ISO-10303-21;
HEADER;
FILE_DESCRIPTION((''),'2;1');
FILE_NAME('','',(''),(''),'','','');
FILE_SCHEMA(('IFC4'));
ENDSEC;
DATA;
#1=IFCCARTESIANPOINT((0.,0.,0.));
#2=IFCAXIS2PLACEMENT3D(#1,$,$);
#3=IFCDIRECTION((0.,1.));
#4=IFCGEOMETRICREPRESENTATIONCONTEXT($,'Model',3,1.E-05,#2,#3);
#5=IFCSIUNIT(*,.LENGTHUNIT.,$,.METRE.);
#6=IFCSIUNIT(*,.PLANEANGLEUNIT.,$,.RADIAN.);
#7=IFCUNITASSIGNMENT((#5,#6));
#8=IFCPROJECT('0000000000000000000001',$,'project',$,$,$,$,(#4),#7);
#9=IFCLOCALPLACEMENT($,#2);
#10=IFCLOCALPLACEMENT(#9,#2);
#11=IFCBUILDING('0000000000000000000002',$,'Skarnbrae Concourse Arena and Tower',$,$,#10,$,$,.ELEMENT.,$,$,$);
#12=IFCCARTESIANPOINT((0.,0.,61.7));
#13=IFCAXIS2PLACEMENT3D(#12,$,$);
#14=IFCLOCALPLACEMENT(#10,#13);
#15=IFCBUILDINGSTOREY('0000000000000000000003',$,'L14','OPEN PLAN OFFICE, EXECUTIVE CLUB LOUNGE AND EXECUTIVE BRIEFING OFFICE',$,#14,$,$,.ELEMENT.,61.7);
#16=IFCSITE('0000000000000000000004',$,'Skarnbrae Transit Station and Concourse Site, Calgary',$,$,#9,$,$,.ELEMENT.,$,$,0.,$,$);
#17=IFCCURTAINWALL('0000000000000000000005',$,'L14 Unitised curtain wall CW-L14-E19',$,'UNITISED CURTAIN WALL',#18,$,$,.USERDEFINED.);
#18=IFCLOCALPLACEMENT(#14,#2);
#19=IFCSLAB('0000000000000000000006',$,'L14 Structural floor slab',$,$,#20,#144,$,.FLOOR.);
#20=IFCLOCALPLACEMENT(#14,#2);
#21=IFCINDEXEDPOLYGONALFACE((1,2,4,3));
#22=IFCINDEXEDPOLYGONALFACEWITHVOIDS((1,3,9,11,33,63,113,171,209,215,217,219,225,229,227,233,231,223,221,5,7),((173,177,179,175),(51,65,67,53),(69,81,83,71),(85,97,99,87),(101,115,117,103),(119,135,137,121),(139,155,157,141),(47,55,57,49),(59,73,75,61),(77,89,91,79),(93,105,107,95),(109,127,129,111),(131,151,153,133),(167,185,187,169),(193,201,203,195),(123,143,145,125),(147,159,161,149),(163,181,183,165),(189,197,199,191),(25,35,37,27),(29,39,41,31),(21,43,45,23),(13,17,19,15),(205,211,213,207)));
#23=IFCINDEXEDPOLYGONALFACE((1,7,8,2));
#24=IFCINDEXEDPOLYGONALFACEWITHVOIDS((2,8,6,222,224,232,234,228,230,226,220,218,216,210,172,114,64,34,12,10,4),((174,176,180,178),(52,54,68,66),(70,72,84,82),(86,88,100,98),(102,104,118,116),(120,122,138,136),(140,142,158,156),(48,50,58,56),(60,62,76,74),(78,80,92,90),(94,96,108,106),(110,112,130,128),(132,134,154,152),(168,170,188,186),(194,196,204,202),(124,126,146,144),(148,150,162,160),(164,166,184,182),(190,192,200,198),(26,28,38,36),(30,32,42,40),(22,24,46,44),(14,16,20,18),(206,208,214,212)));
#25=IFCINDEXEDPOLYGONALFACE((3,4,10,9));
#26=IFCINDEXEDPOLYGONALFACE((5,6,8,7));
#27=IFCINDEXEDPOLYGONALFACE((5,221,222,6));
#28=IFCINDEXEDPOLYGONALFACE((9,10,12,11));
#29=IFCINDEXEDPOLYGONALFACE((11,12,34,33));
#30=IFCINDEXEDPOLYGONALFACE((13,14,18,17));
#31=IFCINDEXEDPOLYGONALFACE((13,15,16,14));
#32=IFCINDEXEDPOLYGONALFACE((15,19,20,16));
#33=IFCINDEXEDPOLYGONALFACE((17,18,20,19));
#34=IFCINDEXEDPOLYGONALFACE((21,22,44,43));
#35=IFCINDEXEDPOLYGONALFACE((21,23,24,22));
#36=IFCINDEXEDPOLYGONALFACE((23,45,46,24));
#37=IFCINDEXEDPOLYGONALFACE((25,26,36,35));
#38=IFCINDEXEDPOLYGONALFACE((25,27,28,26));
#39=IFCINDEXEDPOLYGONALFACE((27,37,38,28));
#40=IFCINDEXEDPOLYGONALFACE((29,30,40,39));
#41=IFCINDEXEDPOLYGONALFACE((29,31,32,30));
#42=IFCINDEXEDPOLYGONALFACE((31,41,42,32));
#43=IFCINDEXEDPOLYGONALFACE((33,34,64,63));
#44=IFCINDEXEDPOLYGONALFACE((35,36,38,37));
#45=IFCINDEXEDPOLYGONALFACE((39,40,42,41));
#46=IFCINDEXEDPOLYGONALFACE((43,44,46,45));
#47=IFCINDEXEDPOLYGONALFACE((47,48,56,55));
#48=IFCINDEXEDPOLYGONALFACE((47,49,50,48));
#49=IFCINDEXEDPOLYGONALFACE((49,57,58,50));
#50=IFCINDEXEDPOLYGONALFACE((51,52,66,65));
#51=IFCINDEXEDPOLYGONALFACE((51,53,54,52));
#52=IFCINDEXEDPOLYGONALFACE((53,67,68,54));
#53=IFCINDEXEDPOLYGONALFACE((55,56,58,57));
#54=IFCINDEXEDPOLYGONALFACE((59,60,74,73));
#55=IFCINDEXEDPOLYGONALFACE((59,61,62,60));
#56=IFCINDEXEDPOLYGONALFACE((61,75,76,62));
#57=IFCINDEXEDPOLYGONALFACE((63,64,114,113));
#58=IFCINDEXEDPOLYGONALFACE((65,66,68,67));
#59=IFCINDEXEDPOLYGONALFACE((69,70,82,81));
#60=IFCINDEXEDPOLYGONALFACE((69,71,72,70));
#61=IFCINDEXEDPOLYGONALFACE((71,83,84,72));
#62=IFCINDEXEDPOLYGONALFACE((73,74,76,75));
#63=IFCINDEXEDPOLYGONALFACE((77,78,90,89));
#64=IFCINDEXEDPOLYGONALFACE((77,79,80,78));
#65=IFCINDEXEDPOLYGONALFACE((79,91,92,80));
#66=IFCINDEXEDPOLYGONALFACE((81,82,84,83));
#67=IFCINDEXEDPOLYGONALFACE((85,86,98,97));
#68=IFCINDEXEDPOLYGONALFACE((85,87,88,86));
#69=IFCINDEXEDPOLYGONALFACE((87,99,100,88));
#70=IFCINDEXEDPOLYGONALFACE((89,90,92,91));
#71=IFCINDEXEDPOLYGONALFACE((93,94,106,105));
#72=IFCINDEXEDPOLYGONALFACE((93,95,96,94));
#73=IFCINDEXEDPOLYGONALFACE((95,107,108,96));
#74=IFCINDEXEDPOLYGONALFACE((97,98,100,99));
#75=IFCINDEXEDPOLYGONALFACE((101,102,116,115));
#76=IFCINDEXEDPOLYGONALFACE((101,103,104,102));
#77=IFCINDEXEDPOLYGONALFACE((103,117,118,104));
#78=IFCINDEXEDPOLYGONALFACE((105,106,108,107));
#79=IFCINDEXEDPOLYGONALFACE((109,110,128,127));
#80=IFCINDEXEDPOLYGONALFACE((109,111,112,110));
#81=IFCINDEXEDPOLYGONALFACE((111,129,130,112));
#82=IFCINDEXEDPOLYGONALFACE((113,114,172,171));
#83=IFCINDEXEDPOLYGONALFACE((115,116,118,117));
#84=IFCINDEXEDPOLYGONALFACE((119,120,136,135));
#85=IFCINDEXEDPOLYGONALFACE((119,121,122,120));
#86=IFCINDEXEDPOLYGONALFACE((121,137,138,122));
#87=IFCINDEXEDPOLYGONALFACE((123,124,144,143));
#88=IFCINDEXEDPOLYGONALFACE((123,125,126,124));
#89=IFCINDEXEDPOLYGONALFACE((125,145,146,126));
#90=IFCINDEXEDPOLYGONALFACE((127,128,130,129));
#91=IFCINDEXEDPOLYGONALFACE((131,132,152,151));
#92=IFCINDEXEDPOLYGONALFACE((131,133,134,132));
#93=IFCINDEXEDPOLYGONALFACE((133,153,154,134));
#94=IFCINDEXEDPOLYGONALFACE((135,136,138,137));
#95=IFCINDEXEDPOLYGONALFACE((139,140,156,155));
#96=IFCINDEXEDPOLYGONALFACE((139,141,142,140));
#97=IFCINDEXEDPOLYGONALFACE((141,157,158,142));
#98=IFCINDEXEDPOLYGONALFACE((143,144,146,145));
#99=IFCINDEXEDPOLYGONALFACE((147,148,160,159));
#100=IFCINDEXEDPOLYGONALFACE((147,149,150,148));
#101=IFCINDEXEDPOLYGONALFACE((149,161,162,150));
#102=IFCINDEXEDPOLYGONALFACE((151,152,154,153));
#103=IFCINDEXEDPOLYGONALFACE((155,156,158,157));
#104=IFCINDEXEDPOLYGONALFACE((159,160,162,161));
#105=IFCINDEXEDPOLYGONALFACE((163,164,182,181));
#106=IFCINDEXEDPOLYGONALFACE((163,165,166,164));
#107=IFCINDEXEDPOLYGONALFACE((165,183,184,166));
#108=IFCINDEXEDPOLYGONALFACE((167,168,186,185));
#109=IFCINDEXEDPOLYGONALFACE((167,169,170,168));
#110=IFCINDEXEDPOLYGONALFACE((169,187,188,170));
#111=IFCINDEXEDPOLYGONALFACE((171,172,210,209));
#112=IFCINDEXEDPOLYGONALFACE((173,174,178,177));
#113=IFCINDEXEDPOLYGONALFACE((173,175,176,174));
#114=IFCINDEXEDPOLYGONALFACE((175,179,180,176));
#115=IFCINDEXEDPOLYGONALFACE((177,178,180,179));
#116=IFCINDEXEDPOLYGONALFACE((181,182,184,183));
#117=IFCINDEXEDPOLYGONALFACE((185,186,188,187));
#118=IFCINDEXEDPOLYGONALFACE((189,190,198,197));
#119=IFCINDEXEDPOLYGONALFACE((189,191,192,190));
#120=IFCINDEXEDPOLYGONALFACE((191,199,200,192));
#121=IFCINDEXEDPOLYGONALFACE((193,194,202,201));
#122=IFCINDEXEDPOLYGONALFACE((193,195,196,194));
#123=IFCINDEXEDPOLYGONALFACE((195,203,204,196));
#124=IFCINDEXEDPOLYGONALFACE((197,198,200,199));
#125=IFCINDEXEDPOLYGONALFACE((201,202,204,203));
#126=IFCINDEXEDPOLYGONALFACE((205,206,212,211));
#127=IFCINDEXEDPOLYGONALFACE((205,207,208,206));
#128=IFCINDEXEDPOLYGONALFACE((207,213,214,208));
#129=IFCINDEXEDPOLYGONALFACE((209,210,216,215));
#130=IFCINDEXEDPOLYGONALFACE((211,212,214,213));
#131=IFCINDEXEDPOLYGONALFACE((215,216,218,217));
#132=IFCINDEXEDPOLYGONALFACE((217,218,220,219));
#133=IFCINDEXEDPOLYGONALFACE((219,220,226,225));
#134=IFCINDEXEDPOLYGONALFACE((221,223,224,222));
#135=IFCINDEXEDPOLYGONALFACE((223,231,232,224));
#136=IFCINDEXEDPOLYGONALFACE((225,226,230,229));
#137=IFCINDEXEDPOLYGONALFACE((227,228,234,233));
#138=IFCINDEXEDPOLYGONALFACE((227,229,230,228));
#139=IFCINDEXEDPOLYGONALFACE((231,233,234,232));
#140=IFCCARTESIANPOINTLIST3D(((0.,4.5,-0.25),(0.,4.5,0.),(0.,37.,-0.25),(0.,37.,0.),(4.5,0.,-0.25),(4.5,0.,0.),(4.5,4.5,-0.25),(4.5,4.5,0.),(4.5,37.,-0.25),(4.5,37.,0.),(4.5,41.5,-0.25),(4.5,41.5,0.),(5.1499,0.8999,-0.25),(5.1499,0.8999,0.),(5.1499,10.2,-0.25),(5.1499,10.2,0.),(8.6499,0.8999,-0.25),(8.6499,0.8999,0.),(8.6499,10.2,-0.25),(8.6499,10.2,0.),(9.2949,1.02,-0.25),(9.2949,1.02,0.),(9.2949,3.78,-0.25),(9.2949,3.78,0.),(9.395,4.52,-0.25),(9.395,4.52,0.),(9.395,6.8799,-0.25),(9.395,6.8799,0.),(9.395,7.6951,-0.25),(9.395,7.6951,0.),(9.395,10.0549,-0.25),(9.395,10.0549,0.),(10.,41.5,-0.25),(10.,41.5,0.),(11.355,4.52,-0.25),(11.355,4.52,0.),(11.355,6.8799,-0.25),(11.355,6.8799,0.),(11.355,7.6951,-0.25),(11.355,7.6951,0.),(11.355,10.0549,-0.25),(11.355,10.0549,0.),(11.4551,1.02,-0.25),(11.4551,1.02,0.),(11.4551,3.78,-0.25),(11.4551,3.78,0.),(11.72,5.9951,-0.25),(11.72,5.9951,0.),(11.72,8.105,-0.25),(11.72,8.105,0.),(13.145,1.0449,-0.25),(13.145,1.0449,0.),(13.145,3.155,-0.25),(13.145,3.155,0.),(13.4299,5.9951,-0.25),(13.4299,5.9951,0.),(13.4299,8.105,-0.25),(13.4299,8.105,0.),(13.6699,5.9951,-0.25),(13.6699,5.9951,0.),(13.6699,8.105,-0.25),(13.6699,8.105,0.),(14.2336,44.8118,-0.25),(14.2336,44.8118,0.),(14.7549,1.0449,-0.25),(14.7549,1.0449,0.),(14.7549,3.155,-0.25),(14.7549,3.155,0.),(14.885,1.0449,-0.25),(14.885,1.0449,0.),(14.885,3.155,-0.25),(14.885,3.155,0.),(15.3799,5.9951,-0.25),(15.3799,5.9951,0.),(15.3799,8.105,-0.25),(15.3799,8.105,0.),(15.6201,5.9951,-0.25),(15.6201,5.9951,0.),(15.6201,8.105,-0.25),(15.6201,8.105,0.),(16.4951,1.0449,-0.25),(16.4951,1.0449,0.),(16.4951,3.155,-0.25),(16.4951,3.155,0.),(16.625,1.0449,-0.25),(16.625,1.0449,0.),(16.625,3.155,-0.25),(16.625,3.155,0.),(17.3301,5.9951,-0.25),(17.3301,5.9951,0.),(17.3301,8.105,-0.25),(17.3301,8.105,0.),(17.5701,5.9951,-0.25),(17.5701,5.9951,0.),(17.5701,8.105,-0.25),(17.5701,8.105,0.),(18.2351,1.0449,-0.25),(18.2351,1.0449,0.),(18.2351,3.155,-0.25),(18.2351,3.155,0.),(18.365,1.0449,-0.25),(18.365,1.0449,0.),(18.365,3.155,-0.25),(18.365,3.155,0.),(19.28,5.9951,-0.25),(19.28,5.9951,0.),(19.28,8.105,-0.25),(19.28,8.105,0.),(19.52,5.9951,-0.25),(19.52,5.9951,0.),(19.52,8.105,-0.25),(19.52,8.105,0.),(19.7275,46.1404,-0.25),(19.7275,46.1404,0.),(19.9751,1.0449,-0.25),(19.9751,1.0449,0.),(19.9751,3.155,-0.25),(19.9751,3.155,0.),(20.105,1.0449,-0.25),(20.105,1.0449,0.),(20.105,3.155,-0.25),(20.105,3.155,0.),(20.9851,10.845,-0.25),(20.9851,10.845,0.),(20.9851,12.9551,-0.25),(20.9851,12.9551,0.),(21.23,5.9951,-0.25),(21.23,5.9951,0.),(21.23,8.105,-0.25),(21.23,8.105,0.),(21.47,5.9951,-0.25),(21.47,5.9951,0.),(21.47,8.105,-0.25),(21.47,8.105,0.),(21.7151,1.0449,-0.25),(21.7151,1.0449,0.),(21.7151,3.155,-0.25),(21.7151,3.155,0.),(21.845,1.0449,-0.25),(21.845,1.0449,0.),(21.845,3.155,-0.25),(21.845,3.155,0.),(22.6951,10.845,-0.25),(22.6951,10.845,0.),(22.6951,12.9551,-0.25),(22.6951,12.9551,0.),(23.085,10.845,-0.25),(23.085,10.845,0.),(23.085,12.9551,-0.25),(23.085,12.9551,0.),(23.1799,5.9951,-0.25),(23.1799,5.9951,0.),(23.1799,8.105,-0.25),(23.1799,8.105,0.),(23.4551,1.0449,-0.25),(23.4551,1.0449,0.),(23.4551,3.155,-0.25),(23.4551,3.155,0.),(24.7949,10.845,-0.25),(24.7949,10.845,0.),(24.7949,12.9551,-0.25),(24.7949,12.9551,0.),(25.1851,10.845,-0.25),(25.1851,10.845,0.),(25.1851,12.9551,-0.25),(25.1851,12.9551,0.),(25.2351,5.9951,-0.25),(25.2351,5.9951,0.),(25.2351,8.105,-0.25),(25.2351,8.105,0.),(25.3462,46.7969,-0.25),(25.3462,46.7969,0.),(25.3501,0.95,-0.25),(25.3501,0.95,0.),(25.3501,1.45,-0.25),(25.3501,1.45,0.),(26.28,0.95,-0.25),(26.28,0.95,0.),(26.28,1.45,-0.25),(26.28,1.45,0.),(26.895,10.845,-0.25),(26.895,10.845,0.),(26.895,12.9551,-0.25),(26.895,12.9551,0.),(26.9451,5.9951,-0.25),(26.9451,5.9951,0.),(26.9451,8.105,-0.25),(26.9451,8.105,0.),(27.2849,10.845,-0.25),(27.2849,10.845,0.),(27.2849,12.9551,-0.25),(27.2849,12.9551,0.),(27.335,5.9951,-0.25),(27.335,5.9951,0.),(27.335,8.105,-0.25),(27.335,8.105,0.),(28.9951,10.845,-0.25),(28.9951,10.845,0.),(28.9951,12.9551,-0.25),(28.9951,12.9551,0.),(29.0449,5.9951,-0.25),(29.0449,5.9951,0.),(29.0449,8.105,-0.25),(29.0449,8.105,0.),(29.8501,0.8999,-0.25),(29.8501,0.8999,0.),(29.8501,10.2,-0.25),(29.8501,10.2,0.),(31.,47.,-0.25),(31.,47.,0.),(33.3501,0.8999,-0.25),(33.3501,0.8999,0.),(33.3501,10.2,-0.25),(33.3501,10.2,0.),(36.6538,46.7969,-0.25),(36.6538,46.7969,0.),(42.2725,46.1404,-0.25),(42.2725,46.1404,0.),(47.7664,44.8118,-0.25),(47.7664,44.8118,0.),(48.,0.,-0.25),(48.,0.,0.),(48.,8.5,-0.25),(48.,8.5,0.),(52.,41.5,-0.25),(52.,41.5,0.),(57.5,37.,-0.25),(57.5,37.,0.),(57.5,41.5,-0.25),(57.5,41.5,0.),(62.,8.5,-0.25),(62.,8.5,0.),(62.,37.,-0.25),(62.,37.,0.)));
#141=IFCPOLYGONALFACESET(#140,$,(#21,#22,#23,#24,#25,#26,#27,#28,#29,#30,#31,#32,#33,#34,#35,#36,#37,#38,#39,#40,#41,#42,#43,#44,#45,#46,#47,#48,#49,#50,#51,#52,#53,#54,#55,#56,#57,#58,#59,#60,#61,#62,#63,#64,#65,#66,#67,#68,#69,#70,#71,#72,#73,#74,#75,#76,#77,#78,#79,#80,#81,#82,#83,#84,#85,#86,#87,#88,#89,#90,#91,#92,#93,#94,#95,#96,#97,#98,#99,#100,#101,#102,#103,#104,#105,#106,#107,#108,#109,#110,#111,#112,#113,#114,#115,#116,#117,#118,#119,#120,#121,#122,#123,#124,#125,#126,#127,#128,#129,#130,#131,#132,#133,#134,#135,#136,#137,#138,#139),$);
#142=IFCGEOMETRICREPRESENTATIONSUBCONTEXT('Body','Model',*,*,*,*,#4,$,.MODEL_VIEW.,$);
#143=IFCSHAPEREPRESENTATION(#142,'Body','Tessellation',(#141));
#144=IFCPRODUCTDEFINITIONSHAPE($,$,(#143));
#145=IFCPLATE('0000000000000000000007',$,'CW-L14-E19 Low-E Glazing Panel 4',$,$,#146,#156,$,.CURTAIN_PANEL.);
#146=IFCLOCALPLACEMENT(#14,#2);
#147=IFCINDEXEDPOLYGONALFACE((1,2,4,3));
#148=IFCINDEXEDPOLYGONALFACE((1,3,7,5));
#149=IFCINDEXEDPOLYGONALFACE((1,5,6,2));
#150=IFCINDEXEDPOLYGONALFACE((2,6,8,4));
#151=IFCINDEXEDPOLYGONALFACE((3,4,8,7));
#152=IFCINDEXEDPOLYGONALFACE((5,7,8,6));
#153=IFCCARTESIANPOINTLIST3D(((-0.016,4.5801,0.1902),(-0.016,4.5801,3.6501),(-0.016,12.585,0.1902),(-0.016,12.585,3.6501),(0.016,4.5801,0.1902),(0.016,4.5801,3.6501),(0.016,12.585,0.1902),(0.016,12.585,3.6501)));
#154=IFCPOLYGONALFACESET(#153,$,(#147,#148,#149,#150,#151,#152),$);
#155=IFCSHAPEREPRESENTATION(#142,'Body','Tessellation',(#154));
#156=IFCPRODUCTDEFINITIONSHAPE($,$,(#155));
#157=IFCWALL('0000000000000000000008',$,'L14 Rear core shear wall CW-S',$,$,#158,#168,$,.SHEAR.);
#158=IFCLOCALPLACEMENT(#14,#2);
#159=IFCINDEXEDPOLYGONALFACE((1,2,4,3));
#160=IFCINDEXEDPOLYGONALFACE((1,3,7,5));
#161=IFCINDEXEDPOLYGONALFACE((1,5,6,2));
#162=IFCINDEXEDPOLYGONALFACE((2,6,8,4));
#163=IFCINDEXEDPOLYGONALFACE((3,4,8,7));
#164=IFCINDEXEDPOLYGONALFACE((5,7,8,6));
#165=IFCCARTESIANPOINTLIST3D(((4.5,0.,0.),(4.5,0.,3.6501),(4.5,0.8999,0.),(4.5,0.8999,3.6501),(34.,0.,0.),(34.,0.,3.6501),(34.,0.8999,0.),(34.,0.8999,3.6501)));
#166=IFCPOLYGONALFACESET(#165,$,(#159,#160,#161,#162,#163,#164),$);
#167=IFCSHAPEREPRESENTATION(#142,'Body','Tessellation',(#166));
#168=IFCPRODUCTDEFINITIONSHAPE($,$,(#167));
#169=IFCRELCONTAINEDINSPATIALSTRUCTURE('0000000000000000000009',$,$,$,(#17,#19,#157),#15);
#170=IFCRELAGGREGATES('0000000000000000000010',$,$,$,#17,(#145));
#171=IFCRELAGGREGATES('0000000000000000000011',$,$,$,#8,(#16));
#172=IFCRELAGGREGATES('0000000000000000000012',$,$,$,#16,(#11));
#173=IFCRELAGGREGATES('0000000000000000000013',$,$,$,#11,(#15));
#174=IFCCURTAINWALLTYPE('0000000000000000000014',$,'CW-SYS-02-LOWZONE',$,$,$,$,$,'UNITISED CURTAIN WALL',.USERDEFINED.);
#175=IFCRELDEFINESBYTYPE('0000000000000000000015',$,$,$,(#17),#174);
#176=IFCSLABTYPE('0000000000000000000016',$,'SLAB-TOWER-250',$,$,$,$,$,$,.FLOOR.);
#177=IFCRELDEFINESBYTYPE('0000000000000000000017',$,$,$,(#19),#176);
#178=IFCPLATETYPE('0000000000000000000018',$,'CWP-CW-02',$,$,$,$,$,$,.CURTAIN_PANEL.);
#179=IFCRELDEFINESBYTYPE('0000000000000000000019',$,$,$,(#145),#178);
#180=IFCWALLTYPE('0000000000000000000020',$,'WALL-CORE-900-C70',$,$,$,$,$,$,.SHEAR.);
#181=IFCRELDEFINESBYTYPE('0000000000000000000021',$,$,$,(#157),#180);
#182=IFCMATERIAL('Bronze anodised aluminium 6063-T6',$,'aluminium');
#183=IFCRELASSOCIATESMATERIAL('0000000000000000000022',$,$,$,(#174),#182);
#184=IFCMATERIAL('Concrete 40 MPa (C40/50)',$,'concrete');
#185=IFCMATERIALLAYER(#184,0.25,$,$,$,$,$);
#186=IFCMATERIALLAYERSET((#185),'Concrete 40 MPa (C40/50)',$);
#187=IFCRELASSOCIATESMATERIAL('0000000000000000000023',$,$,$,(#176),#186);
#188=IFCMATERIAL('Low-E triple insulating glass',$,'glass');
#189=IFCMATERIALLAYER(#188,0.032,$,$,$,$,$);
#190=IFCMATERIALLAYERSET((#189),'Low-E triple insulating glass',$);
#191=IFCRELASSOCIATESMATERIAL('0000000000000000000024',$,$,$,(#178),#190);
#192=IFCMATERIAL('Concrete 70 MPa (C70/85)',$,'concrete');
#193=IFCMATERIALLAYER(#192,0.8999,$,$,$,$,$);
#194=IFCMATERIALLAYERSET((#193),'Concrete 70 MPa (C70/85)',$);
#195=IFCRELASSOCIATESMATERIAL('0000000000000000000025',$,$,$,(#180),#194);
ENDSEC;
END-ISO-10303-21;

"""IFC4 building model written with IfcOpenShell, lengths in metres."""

from ifc_helpers import new_model, si_unit, direction, frame, frame_2d, origin, origin_2d, place, context, subcontext, project, spatial, polyline, rectangle, outline, extrude, source, transform, mapped, material, layer, layer_set, type_object, element, aggregate, save


model = new_model("IFC4")

# Units and contexts
model_context = context("Model", 3, precision=1e-05, world=origin(), true_north=direction((0.0, 1.0)))
body_context = subcontext(model_context, "Body", "Model", "MODEL_VIEW")
ifc_project = project(units=[si_unit("LENGTHUNIT", "METRE"), si_unit("PLANEANGLEUNIT", "RADIAN")], contexts=[model_context])

# Site, building, storey
site_placement = place(None, origin())
site = spatial("IfcSite", under=ifc_project, at=site_placement, Name="Skarnbrae Transit Station and Concourse Site, Calgary", CompositionType="ELEMENT", RefElevation=0.0)
building_placement = place(site_placement, origin())
building = spatial("IfcBuilding", under=site, at=building_placement, Name="Skarnbrae Concourse Arena and Tower", CompositionType="ELEMENT")
storey_placement = place(building_placement, frame((0.0, 0.0, 61.7)))
storey = spatial("IfcBuildingStorey", under=building, at=storey_placement, Name="L14", Description="OPEN PLAN OFFICE, EXECUTIVE CLUB LOUNGE AND EXECUTIVE BRIEFING OFFICE", CompositionType="ELEMENT", Elevation=61.7)

# Curtain wall
ifc_material_1 = material(Name="Bronze anodised aluminium 6063-T6", Category="aluminium")
curtain_wall_type = type_object("IfcCurtainWallType", Name="CW-SYS-02-LOWZONE", ElementType="UNITISED CURTAIN WALL", PredefinedType="USERDEFINED", material=ifc_material_1)
curtain_wall_placement = place(storey_placement, origin())
curtain_wall = element("IfcCurtainWall", 1, at=curtain_wall_placement, inside=storey, type_object=curtain_wall_type, Name="L14 Unitised curtain wall CW-L14-E19", ObjectType="UNITISED CURTAIN WALL", PredefinedType="USERDEFINED")

# Shared definitions
ifc_material_2 = material(Name="Concrete 40 MPa (C40/50)", Category="concrete")

# Slab
ifc_layer_1 = layer(ifc_material_2, 0.25)
ifc_layer_set_1 = layer_set([ifc_layer_1], Name="Concrete 40 MPa (C40/50)")
slab_type_1 = type_object("IfcSlabType", Name="SLAB-TOWER-250", PredefinedType="FLOOR", material=ifc_layer_set_1)
slab_1_placement = place(storey_placement, frame((0.0, 0.0, -0.25)))
element("IfcSlab", 2, at=slab_1_placement, inside=storey, type_object=slab_type_1, Name="L14 Structural floor slab", PredefinedType="FLOOR", context=body_context, shape_type="SweptSolid", body=[
    extrude(outline(polyline([(4.5, 0.0), (48.0, 0.0), (48.0, 8.5), (62.0, 8.5), (62.0, 37.0), (57.5, 37.0), (57.5, 41.5), (52.0, 41.5), (47.7664, 44.8118), (42.2725, 46.1404), (36.6538, 46.7969), (31.0, 47.0), (25.3462, 46.7969), (19.7275, 46.1404), (14.2336, 44.8118), (10.0, 41.5), (4.5, 41.5), (4.5, 37.0), (0.0, 37.0), (0.0, 4.5), (4.5, 4.5), (4.5, 0.0)]), holes=[polyline([(13.145, 3.155), (14.7549, 3.155), (14.7549, 1.0449), (13.145, 1.0449), (13.145, 3.155)]), polyline([(16.4951, 3.155), (16.4951, 1.0449), (14.885, 1.0449), (14.885, 3.155), (16.4951, 3.155)]), polyline([(18.2351, 3.155), (18.2351, 1.0449), (16.625, 1.0449), (16.625, 3.155), (18.2351, 3.155)]), polyline([(18.365, 3.155), (19.9751, 3.155), (19.9751, 1.0449), (18.365, 1.0449), (18.365, 3.155)]), polyline([(11.4551, 3.78), (11.4551, 1.02), (9.2949, 1.02), (9.2949, 3.78), (11.4551, 3.78)]), polyline([(8.6499, 0.8999), (5.1499, 0.8999), (5.1499, 10.2), (8.6499, 10.2), (8.6499, 0.8999)]), polyline([(9.395, 6.8799), (11.355, 6.8799), (11.355, 4.52), (9.395, 4.52), (9.395, 6.8799)]), polyline([(13.4299, 8.105), (13.4299, 5.9951), (11.72, 5.9951), (11.72, 8.105), (13.4299, 8.105)]), polyline([(15.3799, 8.105), (15.3799, 5.9951), (13.6699, 5.9951), (13.6699, 8.105), (15.3799, 8.105)]), polyline([(15.6201, 8.105), (17.3301, 8.105), (17.3301, 5.9951), (15.6201, 5.9951), (15.6201, 8.105)]), polyline([(19.28, 8.105), (19.28, 5.9951), (17.5701, 5.9951), (17.5701, 8.105), (19.28, 8.105)]), polyline([(11.355, 10.0549), (11.355, 7.6951), (9.395, 7.6951), (9.395, 10.0549), (11.355, 10.0549)]), polyline([(25.3501, 1.45), (26.28, 1.45), (26.28, 0.95), (25.3501, 0.95), (25.3501, 1.45)]), polyline([(21.7151, 3.155), (21.7151, 1.0449), (20.105, 1.0449), (20.105, 3.155), (21.7151, 3.155)]), polyline([(23.4551, 3.155), (23.4551, 1.0449), (21.845, 1.0449), (21.845, 3.155), (23.4551, 3.155)]), polyline([(33.3501, 10.2), (33.3501, 0.8999), (29.8501, 0.8999), (29.8501, 10.2), (33.3501, 10.2)]), polyline([(21.23, 8.105), (21.23, 5.9951), (19.52, 5.9951), (19.52, 8.105), (21.23, 8.105)]), polyline([(23.1799, 8.105), (23.1799, 5.9951), (21.47, 5.9951), (21.47, 8.105), (23.1799, 8.105)]), polyline([(25.2351, 8.105), (26.9451, 8.105), (26.9451, 5.9951), (25.2351, 5.9951), (25.2351, 8.105)]), polyline([(29.0449, 8.105), (29.0449, 5.9951), (27.335, 5.9951), (27.335, 8.105), (29.0449, 8.105)]), polyline([(22.6951, 12.9551), (22.6951, 10.845), (20.9851, 10.845), (20.9851, 12.9551), (22.6951, 12.9551)]), polyline([(23.085, 12.9551), (24.7949, 12.9551), (24.7949, 10.845), (23.085, 10.845), (23.085, 12.9551)]), polyline([(26.895, 12.9551), (26.895, 10.845), (25.1851, 10.845), (25.1851, 12.9551), (26.895, 12.9551)]), polyline([(28.9951, 12.9551), (28.9951, 10.845), (27.2849, 10.845), (27.2849, 12.9551), (28.9951, 12.9551)])]), origin(), (0.0, 0.0, 1.0), 0.25),
])

# Plate
ifc_material_3 = material(Name="Low-E triple insulating glass", Category="glass")
ifc_layer_2 = layer(ifc_material_3, 0.032)
ifc_layer_set_2 = layer_set([ifc_layer_2], Name="Low-E triple insulating glass")
plate_type = type_object("IfcPlateType", Name="CWP-CW-02", PredefinedType="CURTAIN_PANEL", material=ifc_layer_set_2)
shared_shape_1 = source(origin(), body_context, "Body", "SweptSolid", [
    extrude(rectangle(XDim=8.0049, YDim=0.032, at=origin_2d()), origin(), (0.0, 0.0, 1.0), 3.46),
])
plate_placement = place(storey_placement, frame((0.0, 8.5825, 0.1902), z_axis=(0.0, 0.0, 1.0), x_axis=(0.0, -1.0, 0.0)))
plate = element("IfcPlate", 3, at=plate_placement, type_object=plate_type, Name="CW-L14-E19 Low-E Glazing Panel 4", PredefinedType="CURTAIN_PANEL", context=body_context, shape_type="MappedRepresentation", body=[
    mapped(shared_shape_1, transform((0.0, 0.0, 0.0))),
])
aggregate(curtain_wall, [plate])

# Wall
ifc_material_4 = material(Name="Concrete 70 MPa (C70/85)", Category="concrete")
ifc_layer_3 = layer(ifc_material_4, 0.8999)
ifc_layer_set_3 = layer_set([ifc_layer_3], Name="Concrete 70 MPa (C70/85)")
wall_type_1 = type_object("IfcWallType", Name="WALL-CORE-900-C70", PredefinedType="SHEAR", material=ifc_layer_set_3)
shared_shape_2 = source(origin(), body_context, "Body", "SweptSolid", [
    extrude(rectangle(XDim=29.5, YDim=0.8999, at=frame_2d((14.75, 0.0))), origin(), (0.0, 0.0, 1.0), 3.6501),
])
wall_1_placement = place(storey_placement, frame((4.5, 0.45, 0.0), z_axis=(0.0, 0.0, 1.0), x_axis=(1.0, 0.0, 0.0)))
element("IfcWall", 4, at=wall_1_placement, inside=storey, type_object=wall_type_1, Name="L14 Rear core shear wall CW-S", PredefinedType="SHEAR", context=body_context, shape_type="MappedRepresentation", body=[
    mapped(shared_shape_2, transform((0.0, 0.0, 0.0))),
])

save(model, "model.ifc")
